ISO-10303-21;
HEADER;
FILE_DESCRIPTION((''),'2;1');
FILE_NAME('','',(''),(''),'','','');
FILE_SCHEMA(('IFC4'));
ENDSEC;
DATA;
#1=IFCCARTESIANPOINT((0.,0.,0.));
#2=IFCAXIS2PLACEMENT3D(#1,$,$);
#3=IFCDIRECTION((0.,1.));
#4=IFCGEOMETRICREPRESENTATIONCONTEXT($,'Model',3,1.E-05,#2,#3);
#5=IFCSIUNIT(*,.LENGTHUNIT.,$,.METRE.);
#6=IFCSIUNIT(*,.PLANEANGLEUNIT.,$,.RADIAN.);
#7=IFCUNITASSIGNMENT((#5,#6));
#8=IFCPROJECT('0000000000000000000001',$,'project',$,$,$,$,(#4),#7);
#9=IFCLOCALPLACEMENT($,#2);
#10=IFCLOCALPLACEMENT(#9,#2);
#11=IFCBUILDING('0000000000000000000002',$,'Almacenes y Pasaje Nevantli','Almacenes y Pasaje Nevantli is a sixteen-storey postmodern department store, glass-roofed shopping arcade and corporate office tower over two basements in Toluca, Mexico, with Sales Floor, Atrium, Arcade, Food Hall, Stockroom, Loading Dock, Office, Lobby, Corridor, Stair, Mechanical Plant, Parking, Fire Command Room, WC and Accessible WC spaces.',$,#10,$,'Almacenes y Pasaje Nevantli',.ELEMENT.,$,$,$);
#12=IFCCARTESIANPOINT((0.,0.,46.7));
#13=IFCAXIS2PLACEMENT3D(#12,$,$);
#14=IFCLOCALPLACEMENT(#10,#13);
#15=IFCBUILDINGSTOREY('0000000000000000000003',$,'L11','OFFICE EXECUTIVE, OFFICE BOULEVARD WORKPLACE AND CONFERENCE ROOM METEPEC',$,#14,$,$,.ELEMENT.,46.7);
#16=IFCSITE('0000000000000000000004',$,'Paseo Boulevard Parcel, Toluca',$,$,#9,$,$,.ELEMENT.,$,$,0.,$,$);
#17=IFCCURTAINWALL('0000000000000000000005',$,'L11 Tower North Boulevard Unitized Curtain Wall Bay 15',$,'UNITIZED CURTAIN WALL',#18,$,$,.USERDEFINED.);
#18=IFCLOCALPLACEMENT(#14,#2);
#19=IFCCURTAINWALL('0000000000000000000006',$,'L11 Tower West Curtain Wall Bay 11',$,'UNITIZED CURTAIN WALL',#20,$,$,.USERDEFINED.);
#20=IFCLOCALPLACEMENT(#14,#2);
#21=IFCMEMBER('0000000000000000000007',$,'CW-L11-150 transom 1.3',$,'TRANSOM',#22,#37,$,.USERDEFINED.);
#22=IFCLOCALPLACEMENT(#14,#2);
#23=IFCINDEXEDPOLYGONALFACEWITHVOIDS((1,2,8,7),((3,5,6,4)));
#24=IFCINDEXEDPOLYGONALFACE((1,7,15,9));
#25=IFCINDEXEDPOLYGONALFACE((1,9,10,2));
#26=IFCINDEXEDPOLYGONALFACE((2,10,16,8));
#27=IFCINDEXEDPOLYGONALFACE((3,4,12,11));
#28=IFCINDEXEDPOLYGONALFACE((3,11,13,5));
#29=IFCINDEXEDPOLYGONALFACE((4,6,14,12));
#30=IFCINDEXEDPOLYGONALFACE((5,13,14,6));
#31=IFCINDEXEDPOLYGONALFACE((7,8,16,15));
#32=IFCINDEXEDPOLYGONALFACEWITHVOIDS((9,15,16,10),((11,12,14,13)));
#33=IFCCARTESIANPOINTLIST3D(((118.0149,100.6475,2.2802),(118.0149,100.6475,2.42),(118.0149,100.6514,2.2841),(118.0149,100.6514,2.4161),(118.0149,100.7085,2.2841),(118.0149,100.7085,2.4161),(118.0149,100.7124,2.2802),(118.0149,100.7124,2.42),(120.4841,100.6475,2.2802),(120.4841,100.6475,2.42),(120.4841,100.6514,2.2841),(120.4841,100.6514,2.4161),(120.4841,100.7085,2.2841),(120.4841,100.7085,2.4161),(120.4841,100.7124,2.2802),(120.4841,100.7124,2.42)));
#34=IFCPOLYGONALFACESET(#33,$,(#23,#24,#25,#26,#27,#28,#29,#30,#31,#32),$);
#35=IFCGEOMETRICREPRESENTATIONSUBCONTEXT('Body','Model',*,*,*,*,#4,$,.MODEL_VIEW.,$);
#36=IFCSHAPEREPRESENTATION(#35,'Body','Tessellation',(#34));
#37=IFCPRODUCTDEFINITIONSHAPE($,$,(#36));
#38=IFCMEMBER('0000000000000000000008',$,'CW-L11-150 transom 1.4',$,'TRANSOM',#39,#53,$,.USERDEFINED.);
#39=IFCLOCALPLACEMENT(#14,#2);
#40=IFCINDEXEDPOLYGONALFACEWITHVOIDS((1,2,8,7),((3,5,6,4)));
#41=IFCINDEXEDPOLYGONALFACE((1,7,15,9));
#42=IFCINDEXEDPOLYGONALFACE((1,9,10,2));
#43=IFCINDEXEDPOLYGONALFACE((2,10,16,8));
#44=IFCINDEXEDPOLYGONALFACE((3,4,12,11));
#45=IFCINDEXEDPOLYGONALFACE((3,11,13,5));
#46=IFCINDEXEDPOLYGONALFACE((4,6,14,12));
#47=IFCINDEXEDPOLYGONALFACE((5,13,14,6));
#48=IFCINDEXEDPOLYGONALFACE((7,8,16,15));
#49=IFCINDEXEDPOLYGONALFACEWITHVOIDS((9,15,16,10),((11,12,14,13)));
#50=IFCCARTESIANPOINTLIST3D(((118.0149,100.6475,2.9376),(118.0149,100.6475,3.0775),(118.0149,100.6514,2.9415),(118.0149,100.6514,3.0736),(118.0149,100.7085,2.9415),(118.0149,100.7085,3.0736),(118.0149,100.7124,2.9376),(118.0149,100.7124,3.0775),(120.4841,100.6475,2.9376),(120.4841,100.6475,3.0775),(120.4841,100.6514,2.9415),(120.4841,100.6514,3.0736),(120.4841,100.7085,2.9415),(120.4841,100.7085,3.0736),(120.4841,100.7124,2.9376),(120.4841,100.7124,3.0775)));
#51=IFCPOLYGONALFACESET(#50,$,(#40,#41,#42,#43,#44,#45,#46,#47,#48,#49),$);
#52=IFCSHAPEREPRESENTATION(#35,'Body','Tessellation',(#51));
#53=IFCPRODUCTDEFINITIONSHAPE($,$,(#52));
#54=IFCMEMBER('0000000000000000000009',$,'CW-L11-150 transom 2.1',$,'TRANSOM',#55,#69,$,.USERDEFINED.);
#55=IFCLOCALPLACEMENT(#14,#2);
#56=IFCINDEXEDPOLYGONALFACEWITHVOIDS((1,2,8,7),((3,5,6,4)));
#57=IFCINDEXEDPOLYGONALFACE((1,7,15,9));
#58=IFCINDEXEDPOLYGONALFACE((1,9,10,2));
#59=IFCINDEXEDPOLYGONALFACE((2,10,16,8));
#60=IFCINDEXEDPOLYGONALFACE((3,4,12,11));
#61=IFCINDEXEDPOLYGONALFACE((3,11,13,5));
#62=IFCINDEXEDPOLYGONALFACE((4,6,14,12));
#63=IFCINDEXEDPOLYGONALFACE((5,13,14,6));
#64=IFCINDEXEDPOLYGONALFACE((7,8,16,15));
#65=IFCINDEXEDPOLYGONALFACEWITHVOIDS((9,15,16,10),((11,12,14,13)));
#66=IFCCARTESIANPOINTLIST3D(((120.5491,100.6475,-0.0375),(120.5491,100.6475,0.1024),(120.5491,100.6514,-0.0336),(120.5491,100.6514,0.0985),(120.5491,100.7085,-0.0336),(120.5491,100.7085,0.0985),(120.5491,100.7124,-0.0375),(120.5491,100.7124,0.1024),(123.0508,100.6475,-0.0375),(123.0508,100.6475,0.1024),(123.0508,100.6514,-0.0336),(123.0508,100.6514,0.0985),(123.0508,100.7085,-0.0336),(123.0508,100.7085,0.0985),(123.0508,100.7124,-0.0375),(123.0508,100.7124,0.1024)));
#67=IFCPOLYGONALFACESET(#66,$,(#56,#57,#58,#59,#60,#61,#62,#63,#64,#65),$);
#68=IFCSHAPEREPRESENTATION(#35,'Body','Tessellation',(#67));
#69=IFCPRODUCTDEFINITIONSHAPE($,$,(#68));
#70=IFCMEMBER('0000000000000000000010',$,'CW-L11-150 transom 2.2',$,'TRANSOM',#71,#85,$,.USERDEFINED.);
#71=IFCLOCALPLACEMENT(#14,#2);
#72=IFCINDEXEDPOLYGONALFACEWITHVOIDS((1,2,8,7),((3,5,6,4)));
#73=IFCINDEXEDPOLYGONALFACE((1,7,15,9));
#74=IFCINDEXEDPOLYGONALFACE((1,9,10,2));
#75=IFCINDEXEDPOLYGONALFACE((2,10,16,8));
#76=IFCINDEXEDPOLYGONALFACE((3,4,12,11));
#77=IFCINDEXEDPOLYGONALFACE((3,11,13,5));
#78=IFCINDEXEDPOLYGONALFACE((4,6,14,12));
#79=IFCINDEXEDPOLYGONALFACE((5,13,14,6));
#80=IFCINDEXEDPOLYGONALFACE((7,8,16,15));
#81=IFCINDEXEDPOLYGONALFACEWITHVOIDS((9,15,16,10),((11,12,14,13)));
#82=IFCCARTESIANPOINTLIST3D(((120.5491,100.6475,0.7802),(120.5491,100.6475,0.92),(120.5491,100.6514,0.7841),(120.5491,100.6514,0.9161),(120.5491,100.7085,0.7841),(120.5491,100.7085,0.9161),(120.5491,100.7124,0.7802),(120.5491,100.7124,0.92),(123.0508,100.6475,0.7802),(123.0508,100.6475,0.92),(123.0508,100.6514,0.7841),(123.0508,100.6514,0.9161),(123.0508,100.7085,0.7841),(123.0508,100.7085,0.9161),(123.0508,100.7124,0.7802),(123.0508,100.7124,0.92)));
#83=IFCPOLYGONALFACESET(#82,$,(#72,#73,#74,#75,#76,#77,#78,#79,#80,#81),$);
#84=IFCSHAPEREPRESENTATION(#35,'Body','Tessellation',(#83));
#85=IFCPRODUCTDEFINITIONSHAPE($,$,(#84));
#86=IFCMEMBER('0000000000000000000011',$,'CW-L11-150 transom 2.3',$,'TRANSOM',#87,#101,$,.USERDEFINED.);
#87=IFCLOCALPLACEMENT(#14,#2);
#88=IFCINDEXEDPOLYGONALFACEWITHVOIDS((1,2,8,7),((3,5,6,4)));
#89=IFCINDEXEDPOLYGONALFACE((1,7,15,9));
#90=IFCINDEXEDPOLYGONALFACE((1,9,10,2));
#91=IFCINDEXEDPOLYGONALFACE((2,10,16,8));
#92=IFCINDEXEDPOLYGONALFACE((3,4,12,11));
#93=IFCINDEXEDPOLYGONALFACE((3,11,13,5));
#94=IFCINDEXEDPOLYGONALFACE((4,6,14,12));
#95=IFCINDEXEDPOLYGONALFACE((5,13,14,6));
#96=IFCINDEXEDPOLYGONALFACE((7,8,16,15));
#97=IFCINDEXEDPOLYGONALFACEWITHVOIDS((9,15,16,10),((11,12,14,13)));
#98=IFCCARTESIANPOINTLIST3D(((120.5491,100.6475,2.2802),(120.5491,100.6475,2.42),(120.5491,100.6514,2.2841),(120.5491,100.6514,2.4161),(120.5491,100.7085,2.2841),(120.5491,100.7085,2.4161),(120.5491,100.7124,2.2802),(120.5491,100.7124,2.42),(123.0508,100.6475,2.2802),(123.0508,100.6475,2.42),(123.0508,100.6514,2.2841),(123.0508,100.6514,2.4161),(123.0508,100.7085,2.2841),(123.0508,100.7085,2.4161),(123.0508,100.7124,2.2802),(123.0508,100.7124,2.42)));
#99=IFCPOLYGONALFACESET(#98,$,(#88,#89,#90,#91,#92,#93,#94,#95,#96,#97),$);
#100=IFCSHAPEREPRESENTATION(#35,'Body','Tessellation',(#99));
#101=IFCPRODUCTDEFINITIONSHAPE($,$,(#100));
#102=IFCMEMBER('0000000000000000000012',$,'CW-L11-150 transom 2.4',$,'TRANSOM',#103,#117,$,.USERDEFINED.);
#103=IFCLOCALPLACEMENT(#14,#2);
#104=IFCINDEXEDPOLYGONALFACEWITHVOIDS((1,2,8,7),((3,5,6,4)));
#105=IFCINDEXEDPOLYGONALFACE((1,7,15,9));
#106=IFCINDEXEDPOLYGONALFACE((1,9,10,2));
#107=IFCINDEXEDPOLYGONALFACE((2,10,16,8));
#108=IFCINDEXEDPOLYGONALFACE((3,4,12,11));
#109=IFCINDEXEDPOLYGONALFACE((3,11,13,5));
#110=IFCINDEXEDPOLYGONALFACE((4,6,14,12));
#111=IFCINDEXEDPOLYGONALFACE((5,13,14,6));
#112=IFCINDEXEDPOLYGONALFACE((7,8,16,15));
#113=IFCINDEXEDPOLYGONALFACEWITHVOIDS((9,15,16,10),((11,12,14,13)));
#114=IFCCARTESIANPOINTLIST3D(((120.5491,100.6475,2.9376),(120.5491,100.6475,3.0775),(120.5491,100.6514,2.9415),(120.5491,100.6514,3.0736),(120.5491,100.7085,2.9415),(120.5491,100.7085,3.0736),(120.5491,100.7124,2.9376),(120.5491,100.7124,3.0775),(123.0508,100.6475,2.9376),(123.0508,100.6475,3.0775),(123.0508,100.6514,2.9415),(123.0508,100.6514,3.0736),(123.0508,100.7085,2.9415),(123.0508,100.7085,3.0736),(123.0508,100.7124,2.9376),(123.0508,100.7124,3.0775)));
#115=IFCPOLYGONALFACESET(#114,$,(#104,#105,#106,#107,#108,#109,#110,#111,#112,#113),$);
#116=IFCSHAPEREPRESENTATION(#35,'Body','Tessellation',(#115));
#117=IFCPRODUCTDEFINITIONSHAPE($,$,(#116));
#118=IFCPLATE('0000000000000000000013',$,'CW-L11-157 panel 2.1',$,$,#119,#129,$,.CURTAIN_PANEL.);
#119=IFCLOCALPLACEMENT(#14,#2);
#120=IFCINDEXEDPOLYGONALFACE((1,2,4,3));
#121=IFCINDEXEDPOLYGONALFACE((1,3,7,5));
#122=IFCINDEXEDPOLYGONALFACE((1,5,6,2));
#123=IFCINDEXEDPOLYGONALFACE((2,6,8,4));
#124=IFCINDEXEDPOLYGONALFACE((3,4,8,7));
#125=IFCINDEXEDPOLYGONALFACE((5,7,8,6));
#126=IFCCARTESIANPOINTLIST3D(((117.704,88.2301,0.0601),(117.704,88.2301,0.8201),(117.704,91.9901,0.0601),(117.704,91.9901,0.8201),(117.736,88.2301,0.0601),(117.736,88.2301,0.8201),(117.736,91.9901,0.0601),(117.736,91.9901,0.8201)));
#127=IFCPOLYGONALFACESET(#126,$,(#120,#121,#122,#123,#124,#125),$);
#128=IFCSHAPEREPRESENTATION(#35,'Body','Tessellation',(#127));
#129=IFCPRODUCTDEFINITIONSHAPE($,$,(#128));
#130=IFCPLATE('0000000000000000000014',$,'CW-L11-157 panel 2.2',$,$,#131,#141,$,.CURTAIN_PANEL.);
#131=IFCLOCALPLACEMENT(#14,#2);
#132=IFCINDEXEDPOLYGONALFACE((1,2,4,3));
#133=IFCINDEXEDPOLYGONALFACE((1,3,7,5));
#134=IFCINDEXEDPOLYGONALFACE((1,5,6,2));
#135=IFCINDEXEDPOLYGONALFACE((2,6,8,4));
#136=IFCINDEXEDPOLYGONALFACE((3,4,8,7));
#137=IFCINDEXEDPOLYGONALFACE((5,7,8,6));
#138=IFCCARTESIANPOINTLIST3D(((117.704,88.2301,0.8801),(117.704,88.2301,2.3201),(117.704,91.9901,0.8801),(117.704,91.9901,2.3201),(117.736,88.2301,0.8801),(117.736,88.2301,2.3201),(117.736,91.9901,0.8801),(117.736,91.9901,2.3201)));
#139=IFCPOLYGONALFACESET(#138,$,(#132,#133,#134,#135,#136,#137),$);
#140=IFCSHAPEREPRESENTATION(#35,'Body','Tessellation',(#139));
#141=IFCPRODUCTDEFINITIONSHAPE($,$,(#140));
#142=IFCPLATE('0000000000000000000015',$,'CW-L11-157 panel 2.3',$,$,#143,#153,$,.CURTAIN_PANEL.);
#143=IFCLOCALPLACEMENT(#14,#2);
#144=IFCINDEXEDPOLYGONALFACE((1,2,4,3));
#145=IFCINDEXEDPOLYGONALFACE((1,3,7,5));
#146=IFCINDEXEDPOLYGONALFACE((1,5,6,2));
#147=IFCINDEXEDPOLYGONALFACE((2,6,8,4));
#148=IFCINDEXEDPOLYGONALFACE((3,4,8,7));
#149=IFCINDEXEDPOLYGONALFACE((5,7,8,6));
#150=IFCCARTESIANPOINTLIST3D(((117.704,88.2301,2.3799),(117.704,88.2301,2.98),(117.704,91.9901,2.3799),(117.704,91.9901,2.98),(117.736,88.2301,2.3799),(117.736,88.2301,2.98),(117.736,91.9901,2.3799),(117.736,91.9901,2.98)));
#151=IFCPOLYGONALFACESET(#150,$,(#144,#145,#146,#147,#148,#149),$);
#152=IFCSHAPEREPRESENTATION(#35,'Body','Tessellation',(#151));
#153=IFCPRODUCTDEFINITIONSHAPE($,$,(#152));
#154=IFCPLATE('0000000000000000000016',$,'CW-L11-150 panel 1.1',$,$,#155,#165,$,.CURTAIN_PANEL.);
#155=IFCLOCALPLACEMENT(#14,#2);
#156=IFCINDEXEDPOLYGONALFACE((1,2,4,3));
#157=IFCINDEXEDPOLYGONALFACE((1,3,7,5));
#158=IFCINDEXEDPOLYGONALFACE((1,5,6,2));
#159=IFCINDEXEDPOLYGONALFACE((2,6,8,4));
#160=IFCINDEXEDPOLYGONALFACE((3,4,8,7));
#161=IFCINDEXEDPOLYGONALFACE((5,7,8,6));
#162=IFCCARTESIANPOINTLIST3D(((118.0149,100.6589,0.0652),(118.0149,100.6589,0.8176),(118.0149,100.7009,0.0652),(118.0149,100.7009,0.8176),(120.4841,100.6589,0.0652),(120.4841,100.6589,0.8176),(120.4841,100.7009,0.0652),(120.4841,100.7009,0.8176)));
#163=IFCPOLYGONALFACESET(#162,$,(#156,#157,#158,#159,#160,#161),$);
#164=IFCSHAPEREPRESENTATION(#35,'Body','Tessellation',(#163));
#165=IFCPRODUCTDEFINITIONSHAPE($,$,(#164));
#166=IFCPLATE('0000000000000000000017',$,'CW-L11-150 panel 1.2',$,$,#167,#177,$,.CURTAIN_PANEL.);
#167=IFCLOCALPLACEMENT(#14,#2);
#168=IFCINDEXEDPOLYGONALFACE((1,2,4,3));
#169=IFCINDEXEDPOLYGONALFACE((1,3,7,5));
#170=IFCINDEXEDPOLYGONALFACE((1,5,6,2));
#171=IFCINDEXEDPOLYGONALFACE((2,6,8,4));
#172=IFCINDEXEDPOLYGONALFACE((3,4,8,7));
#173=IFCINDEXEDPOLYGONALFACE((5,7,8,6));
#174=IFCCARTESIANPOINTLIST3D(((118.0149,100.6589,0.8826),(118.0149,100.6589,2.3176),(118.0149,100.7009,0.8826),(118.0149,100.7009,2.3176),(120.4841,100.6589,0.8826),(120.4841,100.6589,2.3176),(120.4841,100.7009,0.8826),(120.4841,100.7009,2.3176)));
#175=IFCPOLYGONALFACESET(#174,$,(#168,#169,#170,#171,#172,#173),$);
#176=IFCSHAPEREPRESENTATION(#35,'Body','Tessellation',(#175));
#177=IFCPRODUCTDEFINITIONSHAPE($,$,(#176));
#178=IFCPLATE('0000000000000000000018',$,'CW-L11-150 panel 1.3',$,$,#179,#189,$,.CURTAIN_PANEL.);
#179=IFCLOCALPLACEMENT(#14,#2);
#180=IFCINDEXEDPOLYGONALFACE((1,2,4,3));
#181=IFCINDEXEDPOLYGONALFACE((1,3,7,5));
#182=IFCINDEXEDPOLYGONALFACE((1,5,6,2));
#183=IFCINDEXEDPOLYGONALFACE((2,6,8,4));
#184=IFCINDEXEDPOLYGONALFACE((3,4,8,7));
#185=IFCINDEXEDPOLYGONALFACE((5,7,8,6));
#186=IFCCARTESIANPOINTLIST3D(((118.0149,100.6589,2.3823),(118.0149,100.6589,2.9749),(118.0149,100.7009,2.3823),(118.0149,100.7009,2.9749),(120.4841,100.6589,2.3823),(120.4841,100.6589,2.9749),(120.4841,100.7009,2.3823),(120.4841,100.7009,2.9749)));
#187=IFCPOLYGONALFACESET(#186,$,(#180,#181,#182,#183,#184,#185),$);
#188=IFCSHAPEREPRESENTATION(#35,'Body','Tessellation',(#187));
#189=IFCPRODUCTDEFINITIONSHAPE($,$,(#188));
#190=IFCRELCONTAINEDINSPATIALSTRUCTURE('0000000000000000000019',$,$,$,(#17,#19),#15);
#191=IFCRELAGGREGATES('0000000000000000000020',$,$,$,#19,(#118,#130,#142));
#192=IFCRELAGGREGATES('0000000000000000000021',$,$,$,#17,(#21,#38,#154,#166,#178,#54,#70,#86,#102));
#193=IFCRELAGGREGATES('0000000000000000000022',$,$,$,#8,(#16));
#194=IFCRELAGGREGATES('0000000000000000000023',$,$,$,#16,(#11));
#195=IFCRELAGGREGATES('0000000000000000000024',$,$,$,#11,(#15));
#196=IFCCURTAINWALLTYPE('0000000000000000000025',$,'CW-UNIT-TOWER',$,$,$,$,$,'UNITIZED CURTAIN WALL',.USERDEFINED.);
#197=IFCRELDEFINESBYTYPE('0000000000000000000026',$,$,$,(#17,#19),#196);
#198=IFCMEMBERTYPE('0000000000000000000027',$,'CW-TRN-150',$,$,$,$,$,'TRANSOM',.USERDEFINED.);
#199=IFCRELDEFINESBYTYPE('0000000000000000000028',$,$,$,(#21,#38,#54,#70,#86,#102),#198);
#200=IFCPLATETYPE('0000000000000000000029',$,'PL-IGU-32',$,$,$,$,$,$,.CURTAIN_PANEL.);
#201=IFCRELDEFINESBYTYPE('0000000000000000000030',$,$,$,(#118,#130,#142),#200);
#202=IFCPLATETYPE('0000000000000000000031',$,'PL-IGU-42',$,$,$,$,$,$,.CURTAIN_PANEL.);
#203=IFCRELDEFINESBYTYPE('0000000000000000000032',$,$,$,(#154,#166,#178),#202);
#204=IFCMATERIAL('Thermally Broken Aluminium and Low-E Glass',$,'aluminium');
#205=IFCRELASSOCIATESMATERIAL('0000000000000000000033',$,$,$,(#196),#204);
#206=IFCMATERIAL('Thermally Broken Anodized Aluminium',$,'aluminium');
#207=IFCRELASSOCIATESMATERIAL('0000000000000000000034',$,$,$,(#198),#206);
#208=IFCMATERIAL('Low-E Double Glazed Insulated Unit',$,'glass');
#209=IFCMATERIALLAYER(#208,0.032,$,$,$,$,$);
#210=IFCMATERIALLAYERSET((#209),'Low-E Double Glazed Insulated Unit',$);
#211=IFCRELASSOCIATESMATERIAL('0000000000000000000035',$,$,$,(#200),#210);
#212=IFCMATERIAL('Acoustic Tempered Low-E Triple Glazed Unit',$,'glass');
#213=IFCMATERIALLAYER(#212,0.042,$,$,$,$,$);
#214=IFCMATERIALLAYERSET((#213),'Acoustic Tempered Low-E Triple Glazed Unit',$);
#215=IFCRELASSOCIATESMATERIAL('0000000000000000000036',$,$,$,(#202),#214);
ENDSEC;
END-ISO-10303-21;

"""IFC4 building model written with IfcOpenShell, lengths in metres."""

from ifc_helpers import new_model, si_unit, direction, frame, origin, origin_2d, place, context, subcontext, project, spatial, rectangle, hollow_rectangle, extrude, material, layer, layer_set, material_profile, profile_set, type_object, element, aggregate, save


model = new_model("IFC4")

# Units and contexts
model_context = context("Model", 3, precision=1e-05, world=origin(), true_north=direction((0.0, 1.0)))
body_context = subcontext(model_context, "Body", "Model", "MODEL_VIEW")
ifc_project = project(units=[si_unit("LENGTHUNIT", "METRE"), si_unit("PLANEANGLEUNIT", "RADIAN")], contexts=[model_context])

# Site, building, storey
site_placement = place(None, origin())
site = spatial("IfcSite", under=ifc_project, at=site_placement, Name="Paseo Boulevard Parcel, Toluca", CompositionType="ELEMENT", RefElevation=0.0)
building_placement = place(site_placement, origin())
building = spatial("IfcBuilding", under=site, at=building_placement, Name="Almacenes y Pasaje Nevantli", Description="Almacenes y Pasaje Nevantli is a sixteen-storey postmodern department store, glass-roofed shopping arcade and corporate office tower over two basements in Toluca, Mexico, with Sales Floor, Atrium, Arcade, Food Hall, Stockroom, Loading Dock, Office, Lobby, Corridor, Stair, Mechanical Plant, Parking, Fire Command Room, WC and Accessible WC spaces.", LongName="Almacenes y Pasaje Nevantli", CompositionType="ELEMENT")
storey_placement = place(building_placement, frame((0.0, 0.0, 46.7)))
storey = spatial("IfcBuildingStorey", under=building, at=storey_placement, Name="L11", Description="OFFICE EXECUTIVE, OFFICE BOULEVARD WORKPLACE AND CONFERENCE ROOM METEPEC", CompositionType="ELEMENT", Elevation=46.7)

# Curtain walls
ifc_material_1 = material(Name="Thermally Broken Aluminium and Low-E Glass", Category="aluminium")
curtain_wall_type = type_object("IfcCurtainWallType", Name="CW-UNIT-TOWER", ElementType="UNITIZED CURTAIN WALL", PredefinedType="USERDEFINED", material=ifc_material_1)
curtain_wall_1_placement = place(storey_placement, origin())
curtain_wall_1 = element("IfcCurtainWall", 1, at=curtain_wall_1_placement, inside=storey, type_object=curtain_wall_type, Name="L11 Tower North Boulevard Unitized Curtain Wall Bay 15", ObjectType="UNITIZED CURTAIN WALL", PredefinedType="USERDEFINED")
curtain_wall_2_placement = place(storey_placement, origin())
curtain_wall_2 = element("IfcCurtainWall", 2, at=curtain_wall_2_placement, inside=storey, type_object=curtain_wall_type, Name="L11 Tower West Curtain Wall Bay 11", ObjectType="UNITIZED CURTAIN WALL", PredefinedType="USERDEFINED")

# Members
ifc_material_2 = material(Name="Thermally Broken Anodized Aluminium", Category="aluminium")
ifc_material_profile_1 = material_profile(ifc_material_2, hollow_rectangle(XDim=0.0649, YDim=0.1399, WallThickness=0.0039, at=origin_2d()), Name="ALU-TRN-65x140")
ifc_profile_set_1 = profile_set([ifc_material_profile_1], Name="Thermally Broken Anodized Aluminium")
member_type_1 = type_object("IfcMemberType", Name="CW-TRN-150", ElementType="TRANSOM", PredefinedType="USERDEFINED", material=ifc_profile_set_1)
member_1_placement = place(storey_placement, frame((118.0149, 100.6799, 2.3501), z_axis=(1.0, 0.0, 0.0), x_axis=(0.0, 1.0, 0.0)))
member_1 = element("IfcMember", 3, at=member_1_placement, type_object=member_type_1, Name="CW-L11-150 transom 1.3", ObjectType="TRANSOM", PredefinedType="USERDEFINED", context=body_context, shape_type="SweptSolid", body=[
    extrude(hollow_rectangle(XDim=0.0649, YDim=0.1399, WallThickness=0.0039, at=origin_2d()), origin(), (0.0, 0.0, 1.0), 2.4692),
])
member_2_placement = place(storey_placement, frame((118.0149, 100.6799, 3.0076), z_axis=(1.0, 0.0, 0.0), x_axis=(0.0, 1.0, 0.0)))
member_2 = element("IfcMember", 4, at=member_2_placement, type_object=member_type_1, Name="CW-L11-150 transom 1.4", ObjectType="TRANSOM", PredefinedType="USERDEFINED", context=body_context, shape_type="SweptSolid", body=[
    extrude(hollow_rectangle(XDim=0.0649, YDim=0.1399, WallThickness=0.0039, at=origin_2d()), origin(), (0.0, 0.0, 1.0), 2.4692),
])
member_3_placement = place(storey_placement, frame((120.5491, 100.6799, 0.0325), z_axis=(1.0, 0.0, 0.0), x_axis=(0.0, 1.0, 0.0)))
member_3 = element("IfcMember", 5, at=member_3_placement, type_object=member_type_1, Name="CW-L11-150 transom 2.1", ObjectType="TRANSOM", PredefinedType="USERDEFINED", context=body_context, shape_type="SweptSolid", body=[
    extrude(hollow_rectangle(XDim=0.0649, YDim=0.1399, WallThickness=0.0039, at=origin_2d()), origin(), (0.0, 0.0, 1.0), 2.5017),
])
member_4_placement = place(storey_placement, frame((120.5491, 100.6799, 0.8501), z_axis=(1.0, 0.0, 0.0), x_axis=(0.0, 1.0, 0.0)))
member_4 = element("IfcMember", 6, at=member_4_placement, type_object=member_type_1, Name="CW-L11-150 transom 2.2", ObjectType="TRANSOM", PredefinedType="USERDEFINED", context=body_context, shape_type="SweptSolid", body=[
    extrude(hollow_rectangle(XDim=0.0649, YDim=0.1399, WallThickness=0.0039, at=origin_2d()), origin(), (0.0, 0.0, 1.0), 2.5017),
])
member_5_placement = place(storey_placement, frame((120.5491, 100.6799, 2.3501), z_axis=(1.0, 0.0, 0.0), x_axis=(0.0, 1.0, 0.0)))
member_5 = element("IfcMember", 7, at=member_5_placement, type_object=member_type_1, Name="CW-L11-150 transom 2.3", ObjectType="TRANSOM", PredefinedType="USERDEFINED", context=body_context, shape_type="SweptSolid", body=[
    extrude(hollow_rectangle(XDim=0.0649, YDim=0.1399, WallThickness=0.0039, at=origin_2d()), origin(), (0.0, 0.0, 1.0), 2.5017),
])
member_6_placement = place(storey_placement, frame((120.5491, 100.6799, 3.0076), z_axis=(1.0, 0.0, 0.0), x_axis=(0.0, 1.0, 0.0)))
member_6 = element("IfcMember", 8, at=member_6_placement, type_object=member_type_1, Name="CW-L11-150 transom 2.4", ObjectType="TRANSOM", PredefinedType="USERDEFINED", context=body_context, shape_type="SweptSolid", body=[
    extrude(hollow_rectangle(XDim=0.0649, YDim=0.1399, WallThickness=0.0039, at=origin_2d()), origin(), (0.0, 0.0, 1.0), 2.5017),
])

# Plates
ifc_material_3 = material(Name="Low-E Double Glazed Insulated Unit", Category="glass")
ifc_layer_1 = layer(ifc_material_3, 0.032)
ifc_layer_set_1 = layer_set([ifc_layer_1], Name="Low-E Double Glazed Insulated Unit")
plate_type_1 = type_object("IfcPlateType", Name="PL-IGU-32", PredefinedType="CURTAIN_PANEL", material=ifc_layer_set_1)
plate_1_placement = place(storey_placement, frame((117.72, 90.1101, 0.0601), z_axis=(0.0, 0.0, 1.0), x_axis=(0.0, 1.0, 0.0)))
plate_1 = element("IfcPlate", 9, at=plate_1_placement, type_object=plate_type_1, Name="CW-L11-157 panel 2.1", PredefinedType="CURTAIN_PANEL", context=body_context, shape_type="SweptSolid", body=[
    extrude(rectangle(XDim=3.76, YDim=0.032, at=origin_2d()), origin(), (0.0, 0.0, 1.0), 0.76),
])
plate_2_placement = place(storey_placement, frame((117.72, 90.1101, 0.8801), z_axis=(0.0, 0.0, 1.0), x_axis=(0.0, 1.0, 0.0)))
plate_2 = element("IfcPlate", 10, at=plate_2_placement, type_object=plate_type_1, Name="CW-L11-157 panel 2.2", PredefinedType="CURTAIN_PANEL", context=body_context, shape_type="SweptSolid", body=[
    extrude(rectangle(XDim=3.76, YDim=0.032, at=origin_2d()), origin(), (0.0, 0.0, 1.0), 1.4399),
])
plate_3_placement = place(storey_placement, frame((117.72, 90.1101, 2.3799), z_axis=(0.0, 0.0, 1.0), x_axis=(0.0, 1.0, 0.0)))
plate_3 = element("IfcPlate", 11, at=plate_3_placement, type_object=plate_type_1, Name="CW-L11-157 panel 2.3", PredefinedType="CURTAIN_PANEL", context=body_context, shape_type="SweptSolid", body=[
    extrude(rectangle(XDim=3.76, YDim=0.032, at=origin_2d()), origin(), (0.0, 0.0, 1.0), 0.6001),
])
aggregate(curtain_wall_2, [plate_1, plate_2, plate_3])
ifc_material_4 = material(Name="Acoustic Tempered Low-E Triple Glazed Unit", Category="glass")
ifc_layer_2 = layer(ifc_material_4, 0.042)
ifc_layer_set_2 = layer_set([ifc_layer_2], Name="Acoustic Tempered Low-E Triple Glazed Unit")
plate_type_2 = type_object("IfcPlateType", Name="PL-IGU-42", PredefinedType="CURTAIN_PANEL", material=ifc_layer_set_2)
plate_4_placement = place(storey_placement, frame((119.2495, 100.6799, 0.0652), z_axis=(0.0, 0.0, 1.0), x_axis=(1.0, 0.0, 0.0)))
plate_4 = element("IfcPlate", 12, at=plate_4_placement, type_object=plate_type_2, Name="CW-L11-150 panel 1.1", PredefinedType="CURTAIN_PANEL", context=body_context, shape_type="SweptSolid", body=[
    extrude(rectangle(XDim=2.4692, YDim=0.042, at=origin_2d()), origin(), (0.0, 0.0, 1.0), 0.7524),
])
plate_5_placement = place(storey_placement, frame((119.2495, 100.6799, 0.8826), z_axis=(0.0, 0.0, 1.0), x_axis=(1.0, 0.0, 0.0)))
plate_5 = element("IfcPlate", 13, at=plate_5_placement, type_object=plate_type_2, Name="CW-L11-150 panel 1.2", PredefinedType="CURTAIN_PANEL", context=body_context, shape_type="SweptSolid", body=[
    extrude(rectangle(XDim=2.4692, YDim=0.042, at=origin_2d()), origin(), (0.0, 0.0, 1.0), 1.4351),
])
plate_6_placement = place(storey_placement, frame((119.2495, 100.6799, 2.3823), z_axis=(0.0, 0.0, 1.0), x_axis=(1.0, 0.0, 0.0)))
plate_6 = element("IfcPlate", 14, at=plate_6_placement, type_object=plate_type_2, Name="CW-L11-150 panel 1.3", PredefinedType="CURTAIN_PANEL", context=body_context, shape_type="SweptSolid", body=[
    extrude(rectangle(XDim=2.4692, YDim=0.042, at=origin_2d()), origin(), (0.0, 0.0, 1.0), 0.5925),
])
aggregate(curtain_wall_1, [member_1, member_2, plate_4, plate_5, plate_6, member_3, member_4, member_5, member_6])

save(model, "model.ifc")
